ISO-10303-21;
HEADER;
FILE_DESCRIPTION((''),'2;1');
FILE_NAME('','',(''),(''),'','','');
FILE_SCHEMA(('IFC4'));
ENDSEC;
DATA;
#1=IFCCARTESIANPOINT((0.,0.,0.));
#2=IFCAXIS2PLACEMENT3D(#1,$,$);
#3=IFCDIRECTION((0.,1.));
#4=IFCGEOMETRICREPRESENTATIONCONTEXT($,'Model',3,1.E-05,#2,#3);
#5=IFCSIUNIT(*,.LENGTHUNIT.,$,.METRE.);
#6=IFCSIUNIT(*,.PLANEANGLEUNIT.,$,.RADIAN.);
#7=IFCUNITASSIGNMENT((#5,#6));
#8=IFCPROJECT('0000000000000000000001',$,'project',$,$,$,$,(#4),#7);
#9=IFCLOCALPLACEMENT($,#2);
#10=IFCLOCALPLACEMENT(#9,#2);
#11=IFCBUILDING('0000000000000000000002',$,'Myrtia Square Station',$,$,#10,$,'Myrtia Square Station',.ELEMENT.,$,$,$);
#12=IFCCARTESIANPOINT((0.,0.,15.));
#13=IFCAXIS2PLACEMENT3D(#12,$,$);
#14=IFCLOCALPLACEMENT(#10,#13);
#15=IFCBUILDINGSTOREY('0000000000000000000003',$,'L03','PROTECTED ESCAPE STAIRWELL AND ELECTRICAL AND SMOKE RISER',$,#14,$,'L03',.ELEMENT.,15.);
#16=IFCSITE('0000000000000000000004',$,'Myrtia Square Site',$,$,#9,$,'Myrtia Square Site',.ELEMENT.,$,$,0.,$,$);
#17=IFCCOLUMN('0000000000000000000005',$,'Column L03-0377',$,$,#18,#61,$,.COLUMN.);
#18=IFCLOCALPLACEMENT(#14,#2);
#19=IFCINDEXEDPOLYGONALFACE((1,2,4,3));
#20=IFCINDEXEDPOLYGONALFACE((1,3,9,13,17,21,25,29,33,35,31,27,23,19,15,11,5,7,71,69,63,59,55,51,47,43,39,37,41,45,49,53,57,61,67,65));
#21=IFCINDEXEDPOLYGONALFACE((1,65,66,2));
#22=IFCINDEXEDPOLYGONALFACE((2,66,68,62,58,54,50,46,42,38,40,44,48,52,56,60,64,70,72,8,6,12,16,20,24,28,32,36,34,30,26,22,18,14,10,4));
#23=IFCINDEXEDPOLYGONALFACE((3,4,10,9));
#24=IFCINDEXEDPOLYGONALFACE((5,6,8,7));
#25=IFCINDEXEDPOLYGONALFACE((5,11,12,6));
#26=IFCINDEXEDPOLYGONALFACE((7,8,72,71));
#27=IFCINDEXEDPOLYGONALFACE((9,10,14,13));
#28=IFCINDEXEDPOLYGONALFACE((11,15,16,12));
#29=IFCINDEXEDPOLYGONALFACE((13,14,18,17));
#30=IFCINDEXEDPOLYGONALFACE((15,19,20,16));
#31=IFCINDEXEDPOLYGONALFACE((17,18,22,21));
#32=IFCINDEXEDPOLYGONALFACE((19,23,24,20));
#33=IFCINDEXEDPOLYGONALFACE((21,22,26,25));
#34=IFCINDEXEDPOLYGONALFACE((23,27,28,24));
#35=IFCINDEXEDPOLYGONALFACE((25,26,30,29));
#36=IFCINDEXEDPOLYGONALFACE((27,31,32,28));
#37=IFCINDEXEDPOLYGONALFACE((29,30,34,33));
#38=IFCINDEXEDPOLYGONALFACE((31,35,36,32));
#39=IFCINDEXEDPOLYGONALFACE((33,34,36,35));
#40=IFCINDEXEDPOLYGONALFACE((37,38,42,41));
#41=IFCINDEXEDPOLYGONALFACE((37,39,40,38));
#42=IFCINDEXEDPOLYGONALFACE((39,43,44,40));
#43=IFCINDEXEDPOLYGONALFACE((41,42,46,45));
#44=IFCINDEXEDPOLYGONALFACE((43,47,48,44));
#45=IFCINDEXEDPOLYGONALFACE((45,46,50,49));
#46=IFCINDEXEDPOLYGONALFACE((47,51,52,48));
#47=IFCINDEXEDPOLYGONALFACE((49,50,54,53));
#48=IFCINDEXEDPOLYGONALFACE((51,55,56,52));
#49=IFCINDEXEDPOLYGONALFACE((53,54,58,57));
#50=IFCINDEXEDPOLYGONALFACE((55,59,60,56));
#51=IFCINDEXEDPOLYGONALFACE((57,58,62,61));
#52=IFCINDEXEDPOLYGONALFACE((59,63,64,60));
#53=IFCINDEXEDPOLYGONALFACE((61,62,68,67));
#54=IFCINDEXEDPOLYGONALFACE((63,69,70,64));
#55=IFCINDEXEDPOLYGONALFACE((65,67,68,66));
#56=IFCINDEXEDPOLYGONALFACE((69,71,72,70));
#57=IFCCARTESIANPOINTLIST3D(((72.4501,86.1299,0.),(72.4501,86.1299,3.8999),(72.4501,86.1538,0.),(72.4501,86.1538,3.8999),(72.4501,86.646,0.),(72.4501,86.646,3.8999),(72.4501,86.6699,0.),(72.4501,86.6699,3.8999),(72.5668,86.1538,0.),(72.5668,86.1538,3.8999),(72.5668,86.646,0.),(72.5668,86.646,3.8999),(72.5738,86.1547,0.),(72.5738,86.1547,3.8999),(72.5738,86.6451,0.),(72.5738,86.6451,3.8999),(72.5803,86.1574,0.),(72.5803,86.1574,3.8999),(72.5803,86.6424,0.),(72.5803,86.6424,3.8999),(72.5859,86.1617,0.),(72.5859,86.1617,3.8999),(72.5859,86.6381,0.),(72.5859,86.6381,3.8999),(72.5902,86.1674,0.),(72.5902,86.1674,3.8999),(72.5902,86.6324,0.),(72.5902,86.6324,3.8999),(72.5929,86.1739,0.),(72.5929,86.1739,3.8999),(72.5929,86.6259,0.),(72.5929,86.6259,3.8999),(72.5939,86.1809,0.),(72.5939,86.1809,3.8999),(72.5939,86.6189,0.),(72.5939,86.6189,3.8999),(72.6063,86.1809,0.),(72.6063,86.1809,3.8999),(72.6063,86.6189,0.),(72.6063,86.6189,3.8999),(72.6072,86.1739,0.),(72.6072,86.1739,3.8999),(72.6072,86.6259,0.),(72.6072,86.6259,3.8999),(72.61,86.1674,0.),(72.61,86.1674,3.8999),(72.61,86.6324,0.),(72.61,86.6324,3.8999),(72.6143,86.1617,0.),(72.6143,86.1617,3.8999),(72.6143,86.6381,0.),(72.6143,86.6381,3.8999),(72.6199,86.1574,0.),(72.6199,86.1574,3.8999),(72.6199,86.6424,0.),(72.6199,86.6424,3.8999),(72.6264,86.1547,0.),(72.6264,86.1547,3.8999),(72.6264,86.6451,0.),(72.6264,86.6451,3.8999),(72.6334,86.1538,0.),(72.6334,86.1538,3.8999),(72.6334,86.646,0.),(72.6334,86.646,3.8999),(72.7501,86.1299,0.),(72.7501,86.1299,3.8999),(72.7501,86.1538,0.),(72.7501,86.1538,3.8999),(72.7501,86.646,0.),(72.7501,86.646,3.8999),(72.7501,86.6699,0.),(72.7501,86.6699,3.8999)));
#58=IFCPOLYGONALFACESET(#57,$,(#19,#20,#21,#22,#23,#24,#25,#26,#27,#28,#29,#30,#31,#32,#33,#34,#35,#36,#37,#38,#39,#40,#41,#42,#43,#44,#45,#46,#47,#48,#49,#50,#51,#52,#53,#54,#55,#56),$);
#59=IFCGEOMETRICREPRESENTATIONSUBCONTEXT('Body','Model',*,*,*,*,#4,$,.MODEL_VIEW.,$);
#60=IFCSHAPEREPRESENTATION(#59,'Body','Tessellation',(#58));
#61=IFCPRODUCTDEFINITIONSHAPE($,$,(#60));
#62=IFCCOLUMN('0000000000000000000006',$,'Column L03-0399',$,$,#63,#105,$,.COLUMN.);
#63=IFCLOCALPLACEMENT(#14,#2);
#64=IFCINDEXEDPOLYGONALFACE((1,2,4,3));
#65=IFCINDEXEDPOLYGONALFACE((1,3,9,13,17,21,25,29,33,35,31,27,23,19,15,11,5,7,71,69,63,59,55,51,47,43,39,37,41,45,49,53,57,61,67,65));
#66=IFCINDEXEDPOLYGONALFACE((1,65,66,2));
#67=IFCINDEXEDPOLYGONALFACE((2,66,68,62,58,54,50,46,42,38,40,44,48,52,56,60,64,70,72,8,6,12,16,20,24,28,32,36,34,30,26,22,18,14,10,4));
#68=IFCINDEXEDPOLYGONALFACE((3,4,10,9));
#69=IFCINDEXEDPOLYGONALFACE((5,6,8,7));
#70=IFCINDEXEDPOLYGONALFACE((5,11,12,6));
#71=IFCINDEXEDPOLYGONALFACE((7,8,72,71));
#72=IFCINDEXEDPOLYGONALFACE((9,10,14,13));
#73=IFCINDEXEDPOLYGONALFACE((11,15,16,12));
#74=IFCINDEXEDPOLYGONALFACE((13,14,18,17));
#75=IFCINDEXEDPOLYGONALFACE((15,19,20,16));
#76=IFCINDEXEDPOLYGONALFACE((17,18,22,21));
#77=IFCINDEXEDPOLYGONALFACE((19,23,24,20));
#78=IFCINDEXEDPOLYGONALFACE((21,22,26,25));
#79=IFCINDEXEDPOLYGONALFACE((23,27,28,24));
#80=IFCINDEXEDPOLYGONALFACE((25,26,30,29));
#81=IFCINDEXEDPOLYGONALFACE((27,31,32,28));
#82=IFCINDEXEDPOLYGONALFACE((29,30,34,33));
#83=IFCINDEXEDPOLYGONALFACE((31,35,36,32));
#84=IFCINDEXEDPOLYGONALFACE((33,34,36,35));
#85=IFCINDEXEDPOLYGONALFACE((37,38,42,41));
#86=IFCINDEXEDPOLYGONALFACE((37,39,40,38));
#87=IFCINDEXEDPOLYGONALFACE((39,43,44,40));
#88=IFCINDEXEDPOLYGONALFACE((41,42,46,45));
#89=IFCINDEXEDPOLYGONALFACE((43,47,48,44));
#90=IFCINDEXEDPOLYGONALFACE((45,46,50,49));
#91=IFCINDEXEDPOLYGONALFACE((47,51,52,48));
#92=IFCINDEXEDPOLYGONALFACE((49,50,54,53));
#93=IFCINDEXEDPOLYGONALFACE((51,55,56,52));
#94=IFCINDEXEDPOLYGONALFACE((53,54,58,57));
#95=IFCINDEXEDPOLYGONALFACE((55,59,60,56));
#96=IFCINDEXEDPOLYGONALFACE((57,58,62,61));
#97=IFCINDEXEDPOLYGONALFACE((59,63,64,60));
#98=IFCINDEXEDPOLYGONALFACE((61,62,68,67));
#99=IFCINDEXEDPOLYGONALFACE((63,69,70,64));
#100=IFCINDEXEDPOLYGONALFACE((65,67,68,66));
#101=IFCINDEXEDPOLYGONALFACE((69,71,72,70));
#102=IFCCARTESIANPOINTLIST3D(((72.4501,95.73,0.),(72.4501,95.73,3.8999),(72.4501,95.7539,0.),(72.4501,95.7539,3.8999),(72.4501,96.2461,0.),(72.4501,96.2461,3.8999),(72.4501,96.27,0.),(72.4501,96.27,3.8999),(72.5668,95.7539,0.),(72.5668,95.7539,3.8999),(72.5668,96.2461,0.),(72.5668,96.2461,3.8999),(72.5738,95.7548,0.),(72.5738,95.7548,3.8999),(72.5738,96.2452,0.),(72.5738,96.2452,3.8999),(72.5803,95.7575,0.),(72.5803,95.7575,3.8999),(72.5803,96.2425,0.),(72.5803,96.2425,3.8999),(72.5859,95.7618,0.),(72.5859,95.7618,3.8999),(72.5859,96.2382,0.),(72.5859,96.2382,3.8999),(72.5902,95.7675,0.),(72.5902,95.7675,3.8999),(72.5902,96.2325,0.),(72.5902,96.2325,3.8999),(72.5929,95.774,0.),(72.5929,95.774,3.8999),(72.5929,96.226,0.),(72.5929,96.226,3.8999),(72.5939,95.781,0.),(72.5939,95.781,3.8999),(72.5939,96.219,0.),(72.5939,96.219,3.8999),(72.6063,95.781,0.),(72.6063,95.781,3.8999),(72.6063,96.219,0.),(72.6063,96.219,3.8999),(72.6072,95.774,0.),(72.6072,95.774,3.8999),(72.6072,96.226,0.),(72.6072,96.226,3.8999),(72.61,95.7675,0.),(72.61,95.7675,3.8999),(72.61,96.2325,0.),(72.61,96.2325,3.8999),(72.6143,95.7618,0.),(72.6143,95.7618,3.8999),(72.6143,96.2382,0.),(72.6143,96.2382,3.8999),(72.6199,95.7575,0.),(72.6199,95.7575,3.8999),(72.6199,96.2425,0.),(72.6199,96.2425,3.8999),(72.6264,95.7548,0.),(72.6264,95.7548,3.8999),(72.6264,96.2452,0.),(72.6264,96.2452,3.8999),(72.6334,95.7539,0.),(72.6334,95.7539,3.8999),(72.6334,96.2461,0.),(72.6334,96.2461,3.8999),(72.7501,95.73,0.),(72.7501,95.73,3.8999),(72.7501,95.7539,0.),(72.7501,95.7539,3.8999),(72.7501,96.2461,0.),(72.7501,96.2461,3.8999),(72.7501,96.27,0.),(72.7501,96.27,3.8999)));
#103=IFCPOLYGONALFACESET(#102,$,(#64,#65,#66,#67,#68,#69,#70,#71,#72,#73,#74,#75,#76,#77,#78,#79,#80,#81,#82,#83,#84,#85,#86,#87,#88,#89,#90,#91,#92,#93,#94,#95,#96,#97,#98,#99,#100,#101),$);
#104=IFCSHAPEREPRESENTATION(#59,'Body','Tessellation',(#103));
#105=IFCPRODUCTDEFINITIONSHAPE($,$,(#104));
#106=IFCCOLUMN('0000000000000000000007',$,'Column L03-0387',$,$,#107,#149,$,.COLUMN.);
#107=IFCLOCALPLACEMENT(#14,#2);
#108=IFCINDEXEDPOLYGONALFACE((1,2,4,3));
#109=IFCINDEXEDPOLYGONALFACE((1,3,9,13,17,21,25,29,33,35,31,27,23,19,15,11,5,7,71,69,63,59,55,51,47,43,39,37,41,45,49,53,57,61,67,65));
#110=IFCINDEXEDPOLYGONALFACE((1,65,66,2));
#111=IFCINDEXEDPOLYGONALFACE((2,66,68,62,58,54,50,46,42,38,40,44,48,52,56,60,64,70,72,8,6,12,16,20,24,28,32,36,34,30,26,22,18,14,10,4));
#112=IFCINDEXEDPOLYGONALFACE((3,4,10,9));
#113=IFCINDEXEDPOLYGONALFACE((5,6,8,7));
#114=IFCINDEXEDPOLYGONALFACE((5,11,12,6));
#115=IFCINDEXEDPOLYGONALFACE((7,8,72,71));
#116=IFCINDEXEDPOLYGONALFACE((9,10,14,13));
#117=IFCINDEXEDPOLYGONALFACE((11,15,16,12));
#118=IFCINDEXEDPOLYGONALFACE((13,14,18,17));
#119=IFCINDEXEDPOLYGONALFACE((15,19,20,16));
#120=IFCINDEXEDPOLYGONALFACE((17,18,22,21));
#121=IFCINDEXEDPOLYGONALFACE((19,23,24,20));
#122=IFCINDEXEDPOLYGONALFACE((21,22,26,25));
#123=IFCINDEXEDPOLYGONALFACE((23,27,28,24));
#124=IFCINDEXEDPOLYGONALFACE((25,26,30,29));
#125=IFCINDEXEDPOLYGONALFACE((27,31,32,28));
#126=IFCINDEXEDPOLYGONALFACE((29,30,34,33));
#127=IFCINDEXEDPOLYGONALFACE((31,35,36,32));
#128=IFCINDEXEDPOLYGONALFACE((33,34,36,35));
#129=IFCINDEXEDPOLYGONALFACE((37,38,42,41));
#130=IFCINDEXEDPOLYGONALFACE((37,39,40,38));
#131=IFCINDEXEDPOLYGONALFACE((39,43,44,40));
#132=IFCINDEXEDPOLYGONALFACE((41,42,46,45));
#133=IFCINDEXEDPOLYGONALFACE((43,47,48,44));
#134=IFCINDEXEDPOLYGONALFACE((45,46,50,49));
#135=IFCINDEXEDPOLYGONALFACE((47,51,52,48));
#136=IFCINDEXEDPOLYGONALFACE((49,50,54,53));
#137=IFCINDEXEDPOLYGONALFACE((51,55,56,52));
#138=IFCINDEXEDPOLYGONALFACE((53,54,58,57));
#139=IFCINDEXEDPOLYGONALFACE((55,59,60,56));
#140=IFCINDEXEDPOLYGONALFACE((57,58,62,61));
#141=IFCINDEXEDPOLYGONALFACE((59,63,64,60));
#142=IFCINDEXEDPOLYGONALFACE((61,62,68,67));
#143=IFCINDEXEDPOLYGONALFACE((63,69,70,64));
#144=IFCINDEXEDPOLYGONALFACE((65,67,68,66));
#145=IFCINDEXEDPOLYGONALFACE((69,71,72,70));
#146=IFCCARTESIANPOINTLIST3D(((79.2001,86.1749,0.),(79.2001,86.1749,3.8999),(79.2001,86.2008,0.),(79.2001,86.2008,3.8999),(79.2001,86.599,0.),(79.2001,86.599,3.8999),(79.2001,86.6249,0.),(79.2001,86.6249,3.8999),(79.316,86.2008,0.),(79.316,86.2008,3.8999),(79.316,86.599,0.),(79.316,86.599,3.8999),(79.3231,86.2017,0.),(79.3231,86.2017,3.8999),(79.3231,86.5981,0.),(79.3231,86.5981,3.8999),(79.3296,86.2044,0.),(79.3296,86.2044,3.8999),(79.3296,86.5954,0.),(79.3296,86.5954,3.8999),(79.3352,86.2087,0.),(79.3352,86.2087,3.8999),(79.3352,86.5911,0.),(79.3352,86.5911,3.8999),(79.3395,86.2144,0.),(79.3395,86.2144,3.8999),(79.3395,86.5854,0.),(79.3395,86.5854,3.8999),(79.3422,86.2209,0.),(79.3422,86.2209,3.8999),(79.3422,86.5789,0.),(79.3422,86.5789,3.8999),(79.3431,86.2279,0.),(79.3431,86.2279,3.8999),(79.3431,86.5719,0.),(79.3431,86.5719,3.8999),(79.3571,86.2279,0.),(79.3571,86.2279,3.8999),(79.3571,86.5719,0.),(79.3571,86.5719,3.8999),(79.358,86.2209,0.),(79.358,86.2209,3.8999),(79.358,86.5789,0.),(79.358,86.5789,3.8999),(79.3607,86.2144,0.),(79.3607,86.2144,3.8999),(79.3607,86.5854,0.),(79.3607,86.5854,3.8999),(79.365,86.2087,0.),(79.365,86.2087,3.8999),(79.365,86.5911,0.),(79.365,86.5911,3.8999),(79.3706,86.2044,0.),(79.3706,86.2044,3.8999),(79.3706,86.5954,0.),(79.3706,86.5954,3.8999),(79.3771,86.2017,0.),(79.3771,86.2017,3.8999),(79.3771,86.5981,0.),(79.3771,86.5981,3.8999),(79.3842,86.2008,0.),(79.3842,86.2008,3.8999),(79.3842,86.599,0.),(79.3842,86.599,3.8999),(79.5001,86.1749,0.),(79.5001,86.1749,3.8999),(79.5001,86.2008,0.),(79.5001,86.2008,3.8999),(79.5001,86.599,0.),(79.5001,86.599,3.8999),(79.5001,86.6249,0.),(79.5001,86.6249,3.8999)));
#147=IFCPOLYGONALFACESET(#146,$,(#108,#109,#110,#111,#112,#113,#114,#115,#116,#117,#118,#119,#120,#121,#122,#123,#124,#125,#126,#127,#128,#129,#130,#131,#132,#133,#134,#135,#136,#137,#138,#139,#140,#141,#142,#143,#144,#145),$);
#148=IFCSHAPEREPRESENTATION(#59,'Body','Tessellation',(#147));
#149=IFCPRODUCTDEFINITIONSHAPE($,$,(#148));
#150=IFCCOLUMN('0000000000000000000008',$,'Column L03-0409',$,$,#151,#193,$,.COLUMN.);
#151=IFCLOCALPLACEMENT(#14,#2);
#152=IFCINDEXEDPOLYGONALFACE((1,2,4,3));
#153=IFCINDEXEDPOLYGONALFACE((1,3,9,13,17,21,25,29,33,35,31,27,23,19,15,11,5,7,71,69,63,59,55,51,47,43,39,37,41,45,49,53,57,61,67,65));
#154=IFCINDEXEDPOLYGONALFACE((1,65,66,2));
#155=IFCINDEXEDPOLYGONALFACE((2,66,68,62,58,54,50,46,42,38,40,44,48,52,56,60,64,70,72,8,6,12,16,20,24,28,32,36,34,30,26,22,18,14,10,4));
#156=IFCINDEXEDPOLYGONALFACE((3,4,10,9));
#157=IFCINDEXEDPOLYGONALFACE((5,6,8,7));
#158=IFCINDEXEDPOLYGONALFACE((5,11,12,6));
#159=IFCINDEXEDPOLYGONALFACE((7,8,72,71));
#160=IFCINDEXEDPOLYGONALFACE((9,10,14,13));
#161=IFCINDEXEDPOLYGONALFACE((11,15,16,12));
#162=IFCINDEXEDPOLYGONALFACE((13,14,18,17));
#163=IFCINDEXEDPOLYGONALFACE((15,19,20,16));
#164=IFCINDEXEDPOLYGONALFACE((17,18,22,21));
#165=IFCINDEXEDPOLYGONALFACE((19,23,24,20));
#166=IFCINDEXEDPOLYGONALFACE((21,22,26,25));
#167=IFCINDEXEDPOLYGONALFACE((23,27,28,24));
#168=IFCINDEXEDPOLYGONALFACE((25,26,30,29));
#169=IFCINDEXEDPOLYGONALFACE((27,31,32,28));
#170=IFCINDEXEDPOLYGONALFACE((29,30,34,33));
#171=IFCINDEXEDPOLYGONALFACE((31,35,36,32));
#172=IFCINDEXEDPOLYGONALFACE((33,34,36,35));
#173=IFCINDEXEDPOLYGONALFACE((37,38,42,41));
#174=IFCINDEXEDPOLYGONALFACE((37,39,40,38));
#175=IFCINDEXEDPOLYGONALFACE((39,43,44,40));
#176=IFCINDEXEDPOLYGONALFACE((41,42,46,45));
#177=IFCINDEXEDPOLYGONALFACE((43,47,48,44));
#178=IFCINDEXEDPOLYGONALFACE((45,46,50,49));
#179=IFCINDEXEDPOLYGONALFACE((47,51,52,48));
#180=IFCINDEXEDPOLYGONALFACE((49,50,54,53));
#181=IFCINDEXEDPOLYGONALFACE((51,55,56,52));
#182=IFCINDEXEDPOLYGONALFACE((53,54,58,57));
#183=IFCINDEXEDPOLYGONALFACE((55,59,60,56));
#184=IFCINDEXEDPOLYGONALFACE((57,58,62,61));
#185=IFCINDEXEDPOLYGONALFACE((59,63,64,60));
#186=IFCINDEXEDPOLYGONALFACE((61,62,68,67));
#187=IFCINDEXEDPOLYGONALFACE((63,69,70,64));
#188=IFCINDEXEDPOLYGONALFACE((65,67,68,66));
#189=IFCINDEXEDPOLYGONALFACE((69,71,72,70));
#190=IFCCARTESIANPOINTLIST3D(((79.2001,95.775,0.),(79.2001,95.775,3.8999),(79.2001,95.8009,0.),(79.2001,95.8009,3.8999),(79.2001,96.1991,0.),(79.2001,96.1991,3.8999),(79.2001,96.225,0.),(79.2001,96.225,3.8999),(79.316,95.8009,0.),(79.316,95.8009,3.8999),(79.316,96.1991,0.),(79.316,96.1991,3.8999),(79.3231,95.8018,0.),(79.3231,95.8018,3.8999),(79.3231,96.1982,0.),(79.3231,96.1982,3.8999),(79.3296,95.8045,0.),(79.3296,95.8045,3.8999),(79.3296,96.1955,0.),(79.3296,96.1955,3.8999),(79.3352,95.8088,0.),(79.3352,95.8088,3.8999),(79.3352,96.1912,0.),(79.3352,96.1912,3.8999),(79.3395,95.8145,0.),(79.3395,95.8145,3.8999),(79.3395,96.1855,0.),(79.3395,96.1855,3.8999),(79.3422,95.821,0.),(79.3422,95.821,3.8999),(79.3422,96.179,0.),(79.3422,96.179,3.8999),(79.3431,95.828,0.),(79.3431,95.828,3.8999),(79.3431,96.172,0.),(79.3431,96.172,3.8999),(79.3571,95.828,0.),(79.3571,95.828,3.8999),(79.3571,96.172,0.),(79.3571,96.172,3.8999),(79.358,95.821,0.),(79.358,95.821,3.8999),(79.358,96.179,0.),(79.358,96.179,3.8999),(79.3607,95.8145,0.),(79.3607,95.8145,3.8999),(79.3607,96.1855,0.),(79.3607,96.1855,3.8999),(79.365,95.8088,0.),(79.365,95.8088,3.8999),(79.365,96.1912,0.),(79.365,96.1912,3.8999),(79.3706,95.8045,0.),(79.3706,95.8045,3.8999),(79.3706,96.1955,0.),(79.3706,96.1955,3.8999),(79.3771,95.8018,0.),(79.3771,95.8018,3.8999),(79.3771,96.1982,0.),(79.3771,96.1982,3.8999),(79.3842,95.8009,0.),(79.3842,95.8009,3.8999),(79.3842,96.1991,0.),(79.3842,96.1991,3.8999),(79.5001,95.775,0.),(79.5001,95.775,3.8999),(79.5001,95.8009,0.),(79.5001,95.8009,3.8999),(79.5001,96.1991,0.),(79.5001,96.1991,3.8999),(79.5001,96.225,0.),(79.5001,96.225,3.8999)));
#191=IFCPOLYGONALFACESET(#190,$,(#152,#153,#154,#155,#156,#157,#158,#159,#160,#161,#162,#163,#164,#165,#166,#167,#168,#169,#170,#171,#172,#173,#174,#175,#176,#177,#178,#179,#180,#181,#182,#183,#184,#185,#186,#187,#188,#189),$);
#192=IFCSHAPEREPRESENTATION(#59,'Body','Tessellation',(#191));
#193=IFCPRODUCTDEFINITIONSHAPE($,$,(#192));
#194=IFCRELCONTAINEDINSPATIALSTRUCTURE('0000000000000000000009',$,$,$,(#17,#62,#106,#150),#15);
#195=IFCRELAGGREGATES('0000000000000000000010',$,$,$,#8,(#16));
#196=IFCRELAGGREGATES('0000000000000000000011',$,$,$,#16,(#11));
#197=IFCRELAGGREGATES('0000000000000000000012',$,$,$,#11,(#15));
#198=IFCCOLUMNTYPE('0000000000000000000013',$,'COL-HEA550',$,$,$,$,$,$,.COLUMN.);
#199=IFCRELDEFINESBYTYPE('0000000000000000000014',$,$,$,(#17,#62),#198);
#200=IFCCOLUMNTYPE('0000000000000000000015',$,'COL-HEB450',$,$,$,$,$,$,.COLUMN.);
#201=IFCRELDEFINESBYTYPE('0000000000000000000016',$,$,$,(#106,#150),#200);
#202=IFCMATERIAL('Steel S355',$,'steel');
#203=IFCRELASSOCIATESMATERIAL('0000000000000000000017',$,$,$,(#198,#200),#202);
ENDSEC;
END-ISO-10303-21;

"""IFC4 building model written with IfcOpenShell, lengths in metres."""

from ifc_helpers import new_model, si_unit, direction, frame, origin, origin_2d, place, context, subcontext, project, spatial, i_section, extrude, material, material_profile, profile_set, type_object, element, save


model = new_model("IFC4")

# Units and contexts
model_context = context("Model", 3, precision=1e-05, world=origin(), true_north=direction((0.0, 1.0)))
body_context = subcontext(model_context, "Body", "Model", "MODEL_VIEW")
ifc_project = project(units=[si_unit("LENGTHUNIT", "METRE"), si_unit("PLANEANGLEUNIT", "RADIAN")], contexts=[model_context])

# Site, building, storey
site_placement = place(None, origin())
site = spatial("IfcSite", under=ifc_project, at=site_placement, Name="Myrtia Square Site", LongName="Myrtia Square Site", CompositionType="ELEMENT", RefElevation=0.0)
building_placement = place(site_placement, origin())
building = spatial("IfcBuilding", under=site, at=building_placement, Name="Myrtia Square Station", LongName="Myrtia Square Station", CompositionType="ELEMENT")
storey_placement = place(building_placement, frame((0.0, 0.0, 15.0)))
storey = spatial("IfcBuildingStorey", under=building, at=storey_placement, Name="L03", Description="PROTECTED ESCAPE STAIRWELL AND ELECTRICAL AND SMOKE RISER", LongName="L03", CompositionType="ELEMENT", Elevation=15.0)

# Columns
ifc_material_1 = material(Name="Steel S355", Category="steel")
ifc_material_profile_1 = material_profile(ifc_material_1, i_section(OverallWidth=0.3, OverallDepth=0.54, WebThickness=0.0125, FlangeThickness=0.0239, FilletRadius=0.0271, at=origin_2d()), Name="HEA 550")
ifc_profile_set_1 = profile_set([ifc_material_profile_1], Name="Steel S355")
column_type_1 = type_object("IfcColumnType", Name="COL-HEA550", PredefinedType="COLUMN", material=ifc_profile_set_1)
for number, where, z_axis, x_axis, name in (
    (1, (72.6001, 86.3999, 0.0), (0.0, 0.0, 1.0), (1.0, 0.0, 0.0), "Column L03-0377"),
    (2, (72.6001, 96.0, 0.0), (0.0, 0.0, 1.0), (1.0, 0.0, 0.0), "Column L03-0399"),
):
    element("IfcColumn", number, at=place(storey_placement, frame(where, z_axis=z_axis, x_axis=x_axis)), inside=storey, type_object=column_type_1, Name=name, PredefinedType="COLUMN", context=body_context, shape_type="SweptSolid", body=[
        extrude(i_section(OverallWidth=0.3, OverallDepth=0.54, WebThickness=0.0125, FlangeThickness=0.0239, FilletRadius=0.0271, at=origin_2d()), origin(), (0.0, 0.0, 1.0), 3.8999),
    ])
ifc_material_profile_2 = material_profile(ifc_material_1, i_section(OverallWidth=0.3, OverallDepth=0.45, WebThickness=0.0139, FlangeThickness=0.0259, FilletRadius=0.0271, at=origin_2d()), Name="HEB 450")
ifc_profile_set_2 = profile_set([ifc_material_profile_2], Name="Steel S355")
column_type_2 = type_object("IfcColumnType", Name="COL-HEB450", PredefinedType="COLUMN", material=ifc_profile_set_2)
for number, where, z_axis, x_axis, name in (
    (3, (79.3501, 86.3999, 0.0), (0.0, 0.0, 1.0), (1.0, 0.0, 0.0), "Column L03-0387"),
    (4, (79.3501, 96.0, 0.0), (0.0, 0.0, 1.0), (1.0, 0.0, 0.0), "Column L03-0409"),
):
    element("IfcColumn", number, at=place(storey_placement, frame(where, z_axis=z_axis, x_axis=x_axis)), inside=storey, type_object=column_type_2, Name=name, PredefinedType="COLUMN", context=body_context, shape_type="SweptSolid", body=[
        extrude(i_section(OverallWidth=0.3, OverallDepth=0.45, WebThickness=0.0139, FlangeThickness=0.0259, FilletRadius=0.0271, at=origin_2d()), origin(), (0.0, 0.0, 1.0), 3.8999),
    ])

save(model, "model.ifc")
